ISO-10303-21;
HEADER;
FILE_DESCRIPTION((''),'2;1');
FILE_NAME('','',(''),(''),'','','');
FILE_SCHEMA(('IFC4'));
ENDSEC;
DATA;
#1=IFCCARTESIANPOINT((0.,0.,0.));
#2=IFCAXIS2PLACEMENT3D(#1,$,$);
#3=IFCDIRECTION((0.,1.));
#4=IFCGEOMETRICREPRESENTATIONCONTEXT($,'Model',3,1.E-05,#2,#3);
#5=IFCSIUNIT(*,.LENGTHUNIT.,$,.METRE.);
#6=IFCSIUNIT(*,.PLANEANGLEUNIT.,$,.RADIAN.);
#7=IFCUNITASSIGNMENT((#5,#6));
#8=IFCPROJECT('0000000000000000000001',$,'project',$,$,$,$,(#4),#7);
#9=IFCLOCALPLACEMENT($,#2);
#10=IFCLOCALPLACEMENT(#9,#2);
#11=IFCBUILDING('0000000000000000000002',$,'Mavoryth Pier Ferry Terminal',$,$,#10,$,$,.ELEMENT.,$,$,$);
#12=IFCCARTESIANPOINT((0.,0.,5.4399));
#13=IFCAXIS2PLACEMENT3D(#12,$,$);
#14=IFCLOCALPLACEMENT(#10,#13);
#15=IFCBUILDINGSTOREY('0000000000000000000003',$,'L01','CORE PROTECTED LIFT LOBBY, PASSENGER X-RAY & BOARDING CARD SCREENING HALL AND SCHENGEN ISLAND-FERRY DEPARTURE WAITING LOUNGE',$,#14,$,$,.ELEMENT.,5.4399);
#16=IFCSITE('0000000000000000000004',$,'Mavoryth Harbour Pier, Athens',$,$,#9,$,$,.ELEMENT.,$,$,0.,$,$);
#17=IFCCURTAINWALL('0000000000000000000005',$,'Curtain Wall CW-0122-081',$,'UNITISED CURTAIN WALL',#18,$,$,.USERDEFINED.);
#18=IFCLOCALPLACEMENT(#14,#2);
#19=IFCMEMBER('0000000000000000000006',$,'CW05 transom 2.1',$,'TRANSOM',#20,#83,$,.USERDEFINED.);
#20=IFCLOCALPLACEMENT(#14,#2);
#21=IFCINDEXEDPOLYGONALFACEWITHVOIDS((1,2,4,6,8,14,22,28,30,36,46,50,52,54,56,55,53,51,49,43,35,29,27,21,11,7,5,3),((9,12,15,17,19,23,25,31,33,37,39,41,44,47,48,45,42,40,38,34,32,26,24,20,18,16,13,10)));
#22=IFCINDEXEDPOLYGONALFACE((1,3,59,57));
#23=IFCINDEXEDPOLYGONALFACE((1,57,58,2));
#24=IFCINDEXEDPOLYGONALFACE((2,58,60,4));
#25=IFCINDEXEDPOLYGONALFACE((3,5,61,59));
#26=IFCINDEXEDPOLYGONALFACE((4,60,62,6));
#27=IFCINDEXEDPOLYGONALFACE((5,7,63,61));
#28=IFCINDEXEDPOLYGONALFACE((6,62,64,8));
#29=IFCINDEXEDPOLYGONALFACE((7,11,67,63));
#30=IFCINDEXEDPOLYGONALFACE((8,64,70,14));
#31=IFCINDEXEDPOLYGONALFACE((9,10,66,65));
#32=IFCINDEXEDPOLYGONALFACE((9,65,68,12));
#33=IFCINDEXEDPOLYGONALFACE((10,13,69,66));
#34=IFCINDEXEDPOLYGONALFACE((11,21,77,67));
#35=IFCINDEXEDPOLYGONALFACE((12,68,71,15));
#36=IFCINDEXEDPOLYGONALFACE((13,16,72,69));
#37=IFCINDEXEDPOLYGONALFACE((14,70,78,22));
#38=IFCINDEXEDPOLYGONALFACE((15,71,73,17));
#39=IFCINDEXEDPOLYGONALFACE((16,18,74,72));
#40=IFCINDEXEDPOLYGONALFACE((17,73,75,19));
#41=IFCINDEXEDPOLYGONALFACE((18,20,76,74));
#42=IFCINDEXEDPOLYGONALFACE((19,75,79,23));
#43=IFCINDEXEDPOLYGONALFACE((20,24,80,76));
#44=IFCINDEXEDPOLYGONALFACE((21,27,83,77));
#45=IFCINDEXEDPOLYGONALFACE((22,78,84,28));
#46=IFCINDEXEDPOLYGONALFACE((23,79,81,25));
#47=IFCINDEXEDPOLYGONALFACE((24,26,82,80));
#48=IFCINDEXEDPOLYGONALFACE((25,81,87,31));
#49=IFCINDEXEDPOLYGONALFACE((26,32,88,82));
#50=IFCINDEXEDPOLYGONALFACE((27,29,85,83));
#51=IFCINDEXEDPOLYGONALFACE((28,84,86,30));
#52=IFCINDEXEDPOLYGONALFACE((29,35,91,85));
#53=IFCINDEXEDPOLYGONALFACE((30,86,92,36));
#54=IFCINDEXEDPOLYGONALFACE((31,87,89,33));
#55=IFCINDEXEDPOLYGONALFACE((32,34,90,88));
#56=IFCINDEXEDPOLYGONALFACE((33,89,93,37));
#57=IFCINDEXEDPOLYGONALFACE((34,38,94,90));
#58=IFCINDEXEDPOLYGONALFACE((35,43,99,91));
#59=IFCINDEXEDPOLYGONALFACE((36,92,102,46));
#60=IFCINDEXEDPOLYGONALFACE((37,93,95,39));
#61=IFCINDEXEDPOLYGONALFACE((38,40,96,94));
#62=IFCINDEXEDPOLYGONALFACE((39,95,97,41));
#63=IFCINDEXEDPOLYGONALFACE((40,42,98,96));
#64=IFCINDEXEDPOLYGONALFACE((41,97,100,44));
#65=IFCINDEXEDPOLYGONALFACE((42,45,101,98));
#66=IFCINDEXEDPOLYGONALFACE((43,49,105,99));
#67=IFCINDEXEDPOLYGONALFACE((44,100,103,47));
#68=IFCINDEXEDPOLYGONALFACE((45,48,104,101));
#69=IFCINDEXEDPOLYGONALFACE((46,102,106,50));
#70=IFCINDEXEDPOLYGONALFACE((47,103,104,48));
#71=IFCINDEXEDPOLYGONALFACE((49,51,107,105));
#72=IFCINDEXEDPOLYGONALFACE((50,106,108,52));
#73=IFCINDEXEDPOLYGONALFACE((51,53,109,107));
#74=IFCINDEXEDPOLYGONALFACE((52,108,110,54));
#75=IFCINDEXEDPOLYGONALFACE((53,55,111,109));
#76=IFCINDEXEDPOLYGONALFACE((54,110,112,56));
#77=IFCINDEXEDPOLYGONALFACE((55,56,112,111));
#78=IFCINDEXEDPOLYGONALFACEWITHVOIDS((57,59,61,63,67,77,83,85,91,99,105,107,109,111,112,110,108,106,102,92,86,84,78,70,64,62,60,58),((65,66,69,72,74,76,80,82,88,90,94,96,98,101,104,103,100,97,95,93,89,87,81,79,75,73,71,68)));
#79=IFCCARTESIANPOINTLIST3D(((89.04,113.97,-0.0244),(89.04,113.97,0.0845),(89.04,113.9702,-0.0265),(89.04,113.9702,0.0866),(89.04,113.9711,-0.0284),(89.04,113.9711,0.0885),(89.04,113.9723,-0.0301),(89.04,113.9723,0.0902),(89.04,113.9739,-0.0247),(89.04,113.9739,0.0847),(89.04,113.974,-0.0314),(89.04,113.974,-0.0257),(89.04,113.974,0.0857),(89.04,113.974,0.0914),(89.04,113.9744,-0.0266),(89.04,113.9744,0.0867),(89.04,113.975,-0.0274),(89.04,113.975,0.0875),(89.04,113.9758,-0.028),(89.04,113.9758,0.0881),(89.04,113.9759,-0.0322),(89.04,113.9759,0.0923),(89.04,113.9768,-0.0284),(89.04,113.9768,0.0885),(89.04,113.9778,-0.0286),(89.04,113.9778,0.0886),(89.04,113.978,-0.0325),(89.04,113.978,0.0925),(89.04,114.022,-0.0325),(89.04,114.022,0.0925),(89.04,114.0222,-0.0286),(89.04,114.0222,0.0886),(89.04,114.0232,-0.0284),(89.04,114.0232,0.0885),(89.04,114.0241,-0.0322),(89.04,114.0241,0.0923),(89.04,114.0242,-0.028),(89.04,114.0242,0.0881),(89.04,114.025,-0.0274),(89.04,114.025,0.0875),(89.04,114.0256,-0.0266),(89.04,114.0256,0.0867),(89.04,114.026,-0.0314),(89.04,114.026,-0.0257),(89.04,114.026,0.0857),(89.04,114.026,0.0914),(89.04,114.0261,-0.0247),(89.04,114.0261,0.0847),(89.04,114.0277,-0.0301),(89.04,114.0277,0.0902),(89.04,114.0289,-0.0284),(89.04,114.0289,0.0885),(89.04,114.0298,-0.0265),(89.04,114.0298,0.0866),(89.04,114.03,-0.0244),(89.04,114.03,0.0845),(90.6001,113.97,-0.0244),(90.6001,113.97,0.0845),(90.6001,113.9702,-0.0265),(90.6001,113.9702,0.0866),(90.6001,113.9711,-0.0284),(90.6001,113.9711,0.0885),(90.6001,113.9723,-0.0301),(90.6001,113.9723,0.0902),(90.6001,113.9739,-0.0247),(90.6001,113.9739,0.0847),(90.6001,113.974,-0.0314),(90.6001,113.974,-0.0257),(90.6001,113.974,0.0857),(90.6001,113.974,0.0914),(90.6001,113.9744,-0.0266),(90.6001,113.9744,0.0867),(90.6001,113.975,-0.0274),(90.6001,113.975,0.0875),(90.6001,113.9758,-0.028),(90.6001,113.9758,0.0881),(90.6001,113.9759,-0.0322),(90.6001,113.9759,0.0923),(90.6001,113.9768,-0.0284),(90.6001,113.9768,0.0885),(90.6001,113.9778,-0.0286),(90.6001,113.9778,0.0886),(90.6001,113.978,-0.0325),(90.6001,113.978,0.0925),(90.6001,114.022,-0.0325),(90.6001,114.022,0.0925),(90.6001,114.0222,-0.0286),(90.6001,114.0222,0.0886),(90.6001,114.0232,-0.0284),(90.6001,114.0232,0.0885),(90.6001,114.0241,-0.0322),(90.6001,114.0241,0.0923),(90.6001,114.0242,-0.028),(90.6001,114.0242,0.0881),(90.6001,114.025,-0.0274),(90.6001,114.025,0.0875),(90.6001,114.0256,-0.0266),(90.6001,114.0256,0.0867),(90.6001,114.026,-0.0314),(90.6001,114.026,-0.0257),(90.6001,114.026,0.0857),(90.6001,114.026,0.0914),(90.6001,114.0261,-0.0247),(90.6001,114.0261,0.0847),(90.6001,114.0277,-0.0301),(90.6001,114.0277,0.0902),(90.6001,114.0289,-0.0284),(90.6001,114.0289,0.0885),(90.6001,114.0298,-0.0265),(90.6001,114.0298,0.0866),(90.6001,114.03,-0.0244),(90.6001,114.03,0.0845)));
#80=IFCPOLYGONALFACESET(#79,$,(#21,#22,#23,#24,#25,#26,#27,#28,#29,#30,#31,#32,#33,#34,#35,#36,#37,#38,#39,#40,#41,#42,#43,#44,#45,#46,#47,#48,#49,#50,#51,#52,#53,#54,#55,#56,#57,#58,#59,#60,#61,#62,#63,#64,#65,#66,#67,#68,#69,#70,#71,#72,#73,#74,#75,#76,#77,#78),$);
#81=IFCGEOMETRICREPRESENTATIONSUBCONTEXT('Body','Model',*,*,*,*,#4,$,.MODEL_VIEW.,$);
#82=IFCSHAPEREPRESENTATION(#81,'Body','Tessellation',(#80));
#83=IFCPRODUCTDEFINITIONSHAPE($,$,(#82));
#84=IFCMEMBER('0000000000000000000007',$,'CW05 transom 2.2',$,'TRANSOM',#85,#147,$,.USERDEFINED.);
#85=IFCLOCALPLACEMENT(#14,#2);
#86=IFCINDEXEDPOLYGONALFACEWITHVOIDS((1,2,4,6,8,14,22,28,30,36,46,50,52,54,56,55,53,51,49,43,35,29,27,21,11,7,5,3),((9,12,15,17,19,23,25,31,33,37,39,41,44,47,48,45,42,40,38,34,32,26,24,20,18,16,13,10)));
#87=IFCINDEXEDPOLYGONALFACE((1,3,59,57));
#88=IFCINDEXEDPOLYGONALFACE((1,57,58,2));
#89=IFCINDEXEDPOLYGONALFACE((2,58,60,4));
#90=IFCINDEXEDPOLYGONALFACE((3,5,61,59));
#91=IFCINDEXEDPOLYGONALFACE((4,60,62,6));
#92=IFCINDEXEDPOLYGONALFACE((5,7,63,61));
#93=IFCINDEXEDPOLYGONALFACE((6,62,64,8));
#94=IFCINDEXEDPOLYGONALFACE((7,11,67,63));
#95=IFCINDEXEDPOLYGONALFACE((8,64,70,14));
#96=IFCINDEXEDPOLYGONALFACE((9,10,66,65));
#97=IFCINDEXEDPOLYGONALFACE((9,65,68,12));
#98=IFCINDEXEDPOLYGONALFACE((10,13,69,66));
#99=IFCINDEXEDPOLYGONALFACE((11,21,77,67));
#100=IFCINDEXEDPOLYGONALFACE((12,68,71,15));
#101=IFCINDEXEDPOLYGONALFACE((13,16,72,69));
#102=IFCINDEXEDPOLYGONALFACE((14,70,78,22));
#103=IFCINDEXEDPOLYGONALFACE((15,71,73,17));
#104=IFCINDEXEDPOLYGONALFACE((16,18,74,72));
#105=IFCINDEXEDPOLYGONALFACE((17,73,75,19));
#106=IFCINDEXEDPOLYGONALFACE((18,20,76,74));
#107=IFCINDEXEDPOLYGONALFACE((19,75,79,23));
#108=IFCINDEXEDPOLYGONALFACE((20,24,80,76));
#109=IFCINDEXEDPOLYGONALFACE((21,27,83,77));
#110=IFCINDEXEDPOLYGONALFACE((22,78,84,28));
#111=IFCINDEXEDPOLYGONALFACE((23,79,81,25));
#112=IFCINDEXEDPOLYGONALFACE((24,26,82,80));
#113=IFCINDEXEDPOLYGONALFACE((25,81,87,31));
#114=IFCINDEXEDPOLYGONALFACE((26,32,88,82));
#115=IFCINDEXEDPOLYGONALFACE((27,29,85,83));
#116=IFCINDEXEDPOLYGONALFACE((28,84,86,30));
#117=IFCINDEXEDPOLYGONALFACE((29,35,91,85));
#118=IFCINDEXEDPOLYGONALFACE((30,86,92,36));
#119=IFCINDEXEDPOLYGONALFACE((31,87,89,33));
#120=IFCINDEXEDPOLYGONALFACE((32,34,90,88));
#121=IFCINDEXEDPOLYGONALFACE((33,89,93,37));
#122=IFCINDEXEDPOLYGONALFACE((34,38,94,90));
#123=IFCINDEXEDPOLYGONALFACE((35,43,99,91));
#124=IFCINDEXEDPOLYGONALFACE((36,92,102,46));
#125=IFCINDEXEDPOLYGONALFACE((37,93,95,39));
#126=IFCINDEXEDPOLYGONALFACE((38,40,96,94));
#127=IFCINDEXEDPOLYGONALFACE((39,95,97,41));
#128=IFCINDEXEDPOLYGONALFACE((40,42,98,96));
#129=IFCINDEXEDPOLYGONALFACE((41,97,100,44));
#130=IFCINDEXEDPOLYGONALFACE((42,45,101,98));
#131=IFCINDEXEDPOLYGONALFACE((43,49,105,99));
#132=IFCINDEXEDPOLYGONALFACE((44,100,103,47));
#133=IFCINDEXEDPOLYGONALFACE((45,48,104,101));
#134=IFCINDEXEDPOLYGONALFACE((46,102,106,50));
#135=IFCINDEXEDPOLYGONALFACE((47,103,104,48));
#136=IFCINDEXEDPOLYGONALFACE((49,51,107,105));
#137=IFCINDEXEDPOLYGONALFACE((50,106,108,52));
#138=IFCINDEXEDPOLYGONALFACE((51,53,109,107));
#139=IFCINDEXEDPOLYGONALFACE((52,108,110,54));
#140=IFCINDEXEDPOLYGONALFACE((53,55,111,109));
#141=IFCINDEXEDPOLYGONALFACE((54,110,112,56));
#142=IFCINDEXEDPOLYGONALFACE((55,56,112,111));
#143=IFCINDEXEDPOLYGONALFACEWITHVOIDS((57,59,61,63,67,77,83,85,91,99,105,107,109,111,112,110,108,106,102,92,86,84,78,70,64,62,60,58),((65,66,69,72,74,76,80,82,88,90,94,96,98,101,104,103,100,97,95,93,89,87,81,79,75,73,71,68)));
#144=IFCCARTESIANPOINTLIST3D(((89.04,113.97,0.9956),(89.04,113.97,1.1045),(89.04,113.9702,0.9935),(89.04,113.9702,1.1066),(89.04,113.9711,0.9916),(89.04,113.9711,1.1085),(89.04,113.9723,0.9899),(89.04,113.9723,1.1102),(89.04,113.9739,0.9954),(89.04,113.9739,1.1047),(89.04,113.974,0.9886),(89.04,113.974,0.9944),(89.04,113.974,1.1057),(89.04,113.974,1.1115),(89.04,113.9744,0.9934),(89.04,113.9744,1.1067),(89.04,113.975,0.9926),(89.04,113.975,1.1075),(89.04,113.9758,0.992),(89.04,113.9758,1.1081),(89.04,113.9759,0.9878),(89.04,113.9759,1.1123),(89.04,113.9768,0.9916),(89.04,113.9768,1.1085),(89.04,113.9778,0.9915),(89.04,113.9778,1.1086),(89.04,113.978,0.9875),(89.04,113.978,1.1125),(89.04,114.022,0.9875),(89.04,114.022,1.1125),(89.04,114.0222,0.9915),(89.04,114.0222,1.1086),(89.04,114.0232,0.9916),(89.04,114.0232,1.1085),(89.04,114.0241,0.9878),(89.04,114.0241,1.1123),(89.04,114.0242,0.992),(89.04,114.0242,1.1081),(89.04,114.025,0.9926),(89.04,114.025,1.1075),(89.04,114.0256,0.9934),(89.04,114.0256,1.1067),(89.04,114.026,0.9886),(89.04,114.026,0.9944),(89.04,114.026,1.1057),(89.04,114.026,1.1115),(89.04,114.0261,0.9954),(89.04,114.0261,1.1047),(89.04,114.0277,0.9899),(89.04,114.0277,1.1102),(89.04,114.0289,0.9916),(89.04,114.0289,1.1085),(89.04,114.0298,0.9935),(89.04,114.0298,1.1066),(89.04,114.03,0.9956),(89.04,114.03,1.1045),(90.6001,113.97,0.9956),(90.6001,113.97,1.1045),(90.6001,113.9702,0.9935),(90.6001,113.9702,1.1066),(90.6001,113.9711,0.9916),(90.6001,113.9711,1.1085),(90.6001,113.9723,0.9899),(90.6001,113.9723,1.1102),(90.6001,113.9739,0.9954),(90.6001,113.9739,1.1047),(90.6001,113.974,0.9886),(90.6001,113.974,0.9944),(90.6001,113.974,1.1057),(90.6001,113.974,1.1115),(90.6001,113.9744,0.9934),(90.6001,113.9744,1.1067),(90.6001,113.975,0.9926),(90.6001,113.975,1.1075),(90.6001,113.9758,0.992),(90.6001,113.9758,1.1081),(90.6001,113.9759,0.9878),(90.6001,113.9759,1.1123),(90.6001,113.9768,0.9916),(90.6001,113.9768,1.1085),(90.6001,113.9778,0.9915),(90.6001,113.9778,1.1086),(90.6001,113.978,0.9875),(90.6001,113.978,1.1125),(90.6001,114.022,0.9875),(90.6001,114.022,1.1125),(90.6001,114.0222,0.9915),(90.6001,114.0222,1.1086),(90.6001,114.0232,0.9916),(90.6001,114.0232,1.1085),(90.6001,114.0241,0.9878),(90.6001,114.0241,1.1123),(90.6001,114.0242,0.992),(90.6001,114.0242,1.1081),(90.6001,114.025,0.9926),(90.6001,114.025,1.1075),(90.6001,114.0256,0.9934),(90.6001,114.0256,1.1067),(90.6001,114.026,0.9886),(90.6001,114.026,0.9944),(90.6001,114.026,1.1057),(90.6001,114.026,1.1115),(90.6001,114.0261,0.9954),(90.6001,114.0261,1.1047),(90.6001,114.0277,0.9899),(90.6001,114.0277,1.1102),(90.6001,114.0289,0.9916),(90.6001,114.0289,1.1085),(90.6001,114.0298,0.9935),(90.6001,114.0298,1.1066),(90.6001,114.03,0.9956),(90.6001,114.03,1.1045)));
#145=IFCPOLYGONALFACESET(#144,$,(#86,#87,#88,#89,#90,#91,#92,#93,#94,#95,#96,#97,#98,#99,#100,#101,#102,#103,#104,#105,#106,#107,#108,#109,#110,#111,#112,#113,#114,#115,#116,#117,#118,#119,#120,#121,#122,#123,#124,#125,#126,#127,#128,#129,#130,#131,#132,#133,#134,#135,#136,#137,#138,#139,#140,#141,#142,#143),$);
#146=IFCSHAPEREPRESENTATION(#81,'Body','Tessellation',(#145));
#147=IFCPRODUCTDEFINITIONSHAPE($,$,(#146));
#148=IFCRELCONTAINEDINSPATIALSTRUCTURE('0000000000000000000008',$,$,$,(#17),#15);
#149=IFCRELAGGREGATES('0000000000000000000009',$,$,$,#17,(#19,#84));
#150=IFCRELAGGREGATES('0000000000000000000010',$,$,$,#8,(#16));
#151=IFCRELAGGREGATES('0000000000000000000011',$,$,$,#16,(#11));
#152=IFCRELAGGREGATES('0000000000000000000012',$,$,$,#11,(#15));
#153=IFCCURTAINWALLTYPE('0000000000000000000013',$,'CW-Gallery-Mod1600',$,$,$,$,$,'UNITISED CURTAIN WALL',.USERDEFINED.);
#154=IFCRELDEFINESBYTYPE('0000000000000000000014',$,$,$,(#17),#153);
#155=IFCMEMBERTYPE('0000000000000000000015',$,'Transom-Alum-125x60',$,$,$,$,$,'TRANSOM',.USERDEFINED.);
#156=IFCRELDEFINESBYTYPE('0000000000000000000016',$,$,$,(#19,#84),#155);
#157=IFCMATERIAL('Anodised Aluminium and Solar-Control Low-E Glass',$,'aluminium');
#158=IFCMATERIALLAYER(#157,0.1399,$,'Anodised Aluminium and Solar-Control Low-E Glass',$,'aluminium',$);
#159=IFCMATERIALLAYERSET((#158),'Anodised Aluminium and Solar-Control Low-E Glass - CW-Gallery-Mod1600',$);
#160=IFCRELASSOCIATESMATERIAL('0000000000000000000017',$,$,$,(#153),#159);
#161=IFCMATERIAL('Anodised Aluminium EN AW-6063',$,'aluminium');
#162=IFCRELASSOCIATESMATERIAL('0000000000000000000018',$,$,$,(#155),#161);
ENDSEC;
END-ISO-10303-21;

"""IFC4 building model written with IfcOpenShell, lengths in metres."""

from ifc_helpers import new_model, si_unit, direction, frame, origin, origin_2d, place, context, subcontext, project, spatial, hollow_rectangle, extrude, material, layer, layer_set, material_profile, profile_set, type_object, element, aggregate, save


model = new_model("IFC4")

# Units and contexts
model_context = context("Model", 3, precision=1e-05, world=origin(), true_north=direction((0.0, 1.0)))
body_context = subcontext(model_context, "Body", "Model", "MODEL_VIEW")
ifc_project = project(units=[si_unit("LENGTHUNIT", "METRE"), si_unit("PLANEANGLEUNIT", "RADIAN")], contexts=[model_context])

# Site, building, storey
site_placement = place(None, origin())
site = spatial("IfcSite", under=ifc_project, at=site_placement, Name="Mavoryth Harbour Pier, Athens", CompositionType="ELEMENT", RefElevation=0.0)
building_placement = place(site_placement, origin())
building = spatial("IfcBuilding", under=site, at=building_placement, Name="Mavoryth Pier Ferry Terminal", CompositionType="ELEMENT")
storey_placement = place(building_placement, frame((0.0, 0.0, 5.4399)))
storey = spatial("IfcBuildingStorey", under=building, at=storey_placement, Name="L01", Description="CORE PROTECTED LIFT LOBBY, PASSENGER X-RAY & BOARDING CARD SCREENING HALL AND SCHENGEN ISLAND-FERRY DEPARTURE WAITING LOUNGE", CompositionType="ELEMENT", Elevation=5.4399)

# Curtain wall
ifc_material_1 = material(Name="Anodised Aluminium and Solar-Control Low-E Glass", Category="aluminium")
ifc_layer_1 = layer(ifc_material_1, 0.1399, Name="Anodised Aluminium and Solar-Control Low-E Glass", Category="aluminium")
ifc_layer_set_1 = layer_set([ifc_layer_1], Name="Anodised Aluminium and Solar-Control Low-E Glass - CW-Gallery-Mod1600")
curtain_wall_type = type_object("IfcCurtainWallType", Name="CW-Gallery-Mod1600", ElementType="UNITISED CURTAIN WALL", PredefinedType="USERDEFINED", material=ifc_layer_set_1)
curtain_wall_1_placement = place(storey_placement, origin())
curtain_wall_1 = element("IfcCurtainWall", 1, at=curtain_wall_1_placement, inside=storey, type_object=curtain_wall_type, Name="Curtain Wall CW-0122-081", ObjectType="UNITISED CURTAIN WALL", PredefinedType="USERDEFINED")
ifc_material_2 = material(Name="Anodised Aluminium EN AW-6063", Category="aluminium")

# Members
ifc_material_profile_1 = material_profile(ifc_material_2, hollow_rectangle(XDim=0.0601, YDim=0.125, WallThickness=0.0039, InnerFilletRadius=0.0039, OuterFilletRadius=0.0081, at=origin_2d()), Name="AL-TRAN 125x60x4", Category="aluminium")
ifc_profile_set_1 = profile_set([ifc_material_profile_1], Name="Anodised Aluminium EN AW-6063 - AL-TRAN 125x60x4")
member_type_1 = type_object("IfcMemberType", Name="Transom-Alum-125x60", ElementType="TRANSOM", PredefinedType="USERDEFINED", material=ifc_profile_set_1)
member_1_placement = place(storey_placement, frame((90.6001, 114.0, 0.03), z_axis=(-1.0, 0.0, 0.0), x_axis=(0.0, -1.0, 0.0)))
member_1 = element("IfcMember", 2, at=member_1_placement, type_object=member_type_1, Name="CW05 transom 2.1", ObjectType="TRANSOM", PredefinedType="USERDEFINED", context=body_context, shape_type="SweptSolid", body=[
    extrude(hollow_rectangle(XDim=0.0601, YDim=0.125, WallThickness=0.0039, InnerFilletRadius=0.0039, OuterFilletRadius=0.0081, at=origin_2d()), origin(), (0.0, 0.0, 1.0), 1.5601),
])
member_2_placement = place(storey_placement, frame((90.6001, 114.0, 1.05), z_axis=(-1.0, 0.0, 0.0), x_axis=(0.0, -1.0, 0.0)))
member_2 = element("IfcMember", 3, at=member_2_placement, type_object=member_type_1, Name="CW05 transom 2.2", ObjectType="TRANSOM", PredefinedType="USERDEFINED", context=body_context, shape_type="SweptSolid", body=[
    extrude(hollow_rectangle(XDim=0.0601, YDim=0.125, WallThickness=0.0039, InnerFilletRadius=0.0039, OuterFilletRadius=0.0081, at=origin_2d()), origin(), (0.0, 0.0, 1.0), 1.5601),
])

aggregate(curtain_wall_1, [member_1, member_2])

save(model, "model.ifc")
